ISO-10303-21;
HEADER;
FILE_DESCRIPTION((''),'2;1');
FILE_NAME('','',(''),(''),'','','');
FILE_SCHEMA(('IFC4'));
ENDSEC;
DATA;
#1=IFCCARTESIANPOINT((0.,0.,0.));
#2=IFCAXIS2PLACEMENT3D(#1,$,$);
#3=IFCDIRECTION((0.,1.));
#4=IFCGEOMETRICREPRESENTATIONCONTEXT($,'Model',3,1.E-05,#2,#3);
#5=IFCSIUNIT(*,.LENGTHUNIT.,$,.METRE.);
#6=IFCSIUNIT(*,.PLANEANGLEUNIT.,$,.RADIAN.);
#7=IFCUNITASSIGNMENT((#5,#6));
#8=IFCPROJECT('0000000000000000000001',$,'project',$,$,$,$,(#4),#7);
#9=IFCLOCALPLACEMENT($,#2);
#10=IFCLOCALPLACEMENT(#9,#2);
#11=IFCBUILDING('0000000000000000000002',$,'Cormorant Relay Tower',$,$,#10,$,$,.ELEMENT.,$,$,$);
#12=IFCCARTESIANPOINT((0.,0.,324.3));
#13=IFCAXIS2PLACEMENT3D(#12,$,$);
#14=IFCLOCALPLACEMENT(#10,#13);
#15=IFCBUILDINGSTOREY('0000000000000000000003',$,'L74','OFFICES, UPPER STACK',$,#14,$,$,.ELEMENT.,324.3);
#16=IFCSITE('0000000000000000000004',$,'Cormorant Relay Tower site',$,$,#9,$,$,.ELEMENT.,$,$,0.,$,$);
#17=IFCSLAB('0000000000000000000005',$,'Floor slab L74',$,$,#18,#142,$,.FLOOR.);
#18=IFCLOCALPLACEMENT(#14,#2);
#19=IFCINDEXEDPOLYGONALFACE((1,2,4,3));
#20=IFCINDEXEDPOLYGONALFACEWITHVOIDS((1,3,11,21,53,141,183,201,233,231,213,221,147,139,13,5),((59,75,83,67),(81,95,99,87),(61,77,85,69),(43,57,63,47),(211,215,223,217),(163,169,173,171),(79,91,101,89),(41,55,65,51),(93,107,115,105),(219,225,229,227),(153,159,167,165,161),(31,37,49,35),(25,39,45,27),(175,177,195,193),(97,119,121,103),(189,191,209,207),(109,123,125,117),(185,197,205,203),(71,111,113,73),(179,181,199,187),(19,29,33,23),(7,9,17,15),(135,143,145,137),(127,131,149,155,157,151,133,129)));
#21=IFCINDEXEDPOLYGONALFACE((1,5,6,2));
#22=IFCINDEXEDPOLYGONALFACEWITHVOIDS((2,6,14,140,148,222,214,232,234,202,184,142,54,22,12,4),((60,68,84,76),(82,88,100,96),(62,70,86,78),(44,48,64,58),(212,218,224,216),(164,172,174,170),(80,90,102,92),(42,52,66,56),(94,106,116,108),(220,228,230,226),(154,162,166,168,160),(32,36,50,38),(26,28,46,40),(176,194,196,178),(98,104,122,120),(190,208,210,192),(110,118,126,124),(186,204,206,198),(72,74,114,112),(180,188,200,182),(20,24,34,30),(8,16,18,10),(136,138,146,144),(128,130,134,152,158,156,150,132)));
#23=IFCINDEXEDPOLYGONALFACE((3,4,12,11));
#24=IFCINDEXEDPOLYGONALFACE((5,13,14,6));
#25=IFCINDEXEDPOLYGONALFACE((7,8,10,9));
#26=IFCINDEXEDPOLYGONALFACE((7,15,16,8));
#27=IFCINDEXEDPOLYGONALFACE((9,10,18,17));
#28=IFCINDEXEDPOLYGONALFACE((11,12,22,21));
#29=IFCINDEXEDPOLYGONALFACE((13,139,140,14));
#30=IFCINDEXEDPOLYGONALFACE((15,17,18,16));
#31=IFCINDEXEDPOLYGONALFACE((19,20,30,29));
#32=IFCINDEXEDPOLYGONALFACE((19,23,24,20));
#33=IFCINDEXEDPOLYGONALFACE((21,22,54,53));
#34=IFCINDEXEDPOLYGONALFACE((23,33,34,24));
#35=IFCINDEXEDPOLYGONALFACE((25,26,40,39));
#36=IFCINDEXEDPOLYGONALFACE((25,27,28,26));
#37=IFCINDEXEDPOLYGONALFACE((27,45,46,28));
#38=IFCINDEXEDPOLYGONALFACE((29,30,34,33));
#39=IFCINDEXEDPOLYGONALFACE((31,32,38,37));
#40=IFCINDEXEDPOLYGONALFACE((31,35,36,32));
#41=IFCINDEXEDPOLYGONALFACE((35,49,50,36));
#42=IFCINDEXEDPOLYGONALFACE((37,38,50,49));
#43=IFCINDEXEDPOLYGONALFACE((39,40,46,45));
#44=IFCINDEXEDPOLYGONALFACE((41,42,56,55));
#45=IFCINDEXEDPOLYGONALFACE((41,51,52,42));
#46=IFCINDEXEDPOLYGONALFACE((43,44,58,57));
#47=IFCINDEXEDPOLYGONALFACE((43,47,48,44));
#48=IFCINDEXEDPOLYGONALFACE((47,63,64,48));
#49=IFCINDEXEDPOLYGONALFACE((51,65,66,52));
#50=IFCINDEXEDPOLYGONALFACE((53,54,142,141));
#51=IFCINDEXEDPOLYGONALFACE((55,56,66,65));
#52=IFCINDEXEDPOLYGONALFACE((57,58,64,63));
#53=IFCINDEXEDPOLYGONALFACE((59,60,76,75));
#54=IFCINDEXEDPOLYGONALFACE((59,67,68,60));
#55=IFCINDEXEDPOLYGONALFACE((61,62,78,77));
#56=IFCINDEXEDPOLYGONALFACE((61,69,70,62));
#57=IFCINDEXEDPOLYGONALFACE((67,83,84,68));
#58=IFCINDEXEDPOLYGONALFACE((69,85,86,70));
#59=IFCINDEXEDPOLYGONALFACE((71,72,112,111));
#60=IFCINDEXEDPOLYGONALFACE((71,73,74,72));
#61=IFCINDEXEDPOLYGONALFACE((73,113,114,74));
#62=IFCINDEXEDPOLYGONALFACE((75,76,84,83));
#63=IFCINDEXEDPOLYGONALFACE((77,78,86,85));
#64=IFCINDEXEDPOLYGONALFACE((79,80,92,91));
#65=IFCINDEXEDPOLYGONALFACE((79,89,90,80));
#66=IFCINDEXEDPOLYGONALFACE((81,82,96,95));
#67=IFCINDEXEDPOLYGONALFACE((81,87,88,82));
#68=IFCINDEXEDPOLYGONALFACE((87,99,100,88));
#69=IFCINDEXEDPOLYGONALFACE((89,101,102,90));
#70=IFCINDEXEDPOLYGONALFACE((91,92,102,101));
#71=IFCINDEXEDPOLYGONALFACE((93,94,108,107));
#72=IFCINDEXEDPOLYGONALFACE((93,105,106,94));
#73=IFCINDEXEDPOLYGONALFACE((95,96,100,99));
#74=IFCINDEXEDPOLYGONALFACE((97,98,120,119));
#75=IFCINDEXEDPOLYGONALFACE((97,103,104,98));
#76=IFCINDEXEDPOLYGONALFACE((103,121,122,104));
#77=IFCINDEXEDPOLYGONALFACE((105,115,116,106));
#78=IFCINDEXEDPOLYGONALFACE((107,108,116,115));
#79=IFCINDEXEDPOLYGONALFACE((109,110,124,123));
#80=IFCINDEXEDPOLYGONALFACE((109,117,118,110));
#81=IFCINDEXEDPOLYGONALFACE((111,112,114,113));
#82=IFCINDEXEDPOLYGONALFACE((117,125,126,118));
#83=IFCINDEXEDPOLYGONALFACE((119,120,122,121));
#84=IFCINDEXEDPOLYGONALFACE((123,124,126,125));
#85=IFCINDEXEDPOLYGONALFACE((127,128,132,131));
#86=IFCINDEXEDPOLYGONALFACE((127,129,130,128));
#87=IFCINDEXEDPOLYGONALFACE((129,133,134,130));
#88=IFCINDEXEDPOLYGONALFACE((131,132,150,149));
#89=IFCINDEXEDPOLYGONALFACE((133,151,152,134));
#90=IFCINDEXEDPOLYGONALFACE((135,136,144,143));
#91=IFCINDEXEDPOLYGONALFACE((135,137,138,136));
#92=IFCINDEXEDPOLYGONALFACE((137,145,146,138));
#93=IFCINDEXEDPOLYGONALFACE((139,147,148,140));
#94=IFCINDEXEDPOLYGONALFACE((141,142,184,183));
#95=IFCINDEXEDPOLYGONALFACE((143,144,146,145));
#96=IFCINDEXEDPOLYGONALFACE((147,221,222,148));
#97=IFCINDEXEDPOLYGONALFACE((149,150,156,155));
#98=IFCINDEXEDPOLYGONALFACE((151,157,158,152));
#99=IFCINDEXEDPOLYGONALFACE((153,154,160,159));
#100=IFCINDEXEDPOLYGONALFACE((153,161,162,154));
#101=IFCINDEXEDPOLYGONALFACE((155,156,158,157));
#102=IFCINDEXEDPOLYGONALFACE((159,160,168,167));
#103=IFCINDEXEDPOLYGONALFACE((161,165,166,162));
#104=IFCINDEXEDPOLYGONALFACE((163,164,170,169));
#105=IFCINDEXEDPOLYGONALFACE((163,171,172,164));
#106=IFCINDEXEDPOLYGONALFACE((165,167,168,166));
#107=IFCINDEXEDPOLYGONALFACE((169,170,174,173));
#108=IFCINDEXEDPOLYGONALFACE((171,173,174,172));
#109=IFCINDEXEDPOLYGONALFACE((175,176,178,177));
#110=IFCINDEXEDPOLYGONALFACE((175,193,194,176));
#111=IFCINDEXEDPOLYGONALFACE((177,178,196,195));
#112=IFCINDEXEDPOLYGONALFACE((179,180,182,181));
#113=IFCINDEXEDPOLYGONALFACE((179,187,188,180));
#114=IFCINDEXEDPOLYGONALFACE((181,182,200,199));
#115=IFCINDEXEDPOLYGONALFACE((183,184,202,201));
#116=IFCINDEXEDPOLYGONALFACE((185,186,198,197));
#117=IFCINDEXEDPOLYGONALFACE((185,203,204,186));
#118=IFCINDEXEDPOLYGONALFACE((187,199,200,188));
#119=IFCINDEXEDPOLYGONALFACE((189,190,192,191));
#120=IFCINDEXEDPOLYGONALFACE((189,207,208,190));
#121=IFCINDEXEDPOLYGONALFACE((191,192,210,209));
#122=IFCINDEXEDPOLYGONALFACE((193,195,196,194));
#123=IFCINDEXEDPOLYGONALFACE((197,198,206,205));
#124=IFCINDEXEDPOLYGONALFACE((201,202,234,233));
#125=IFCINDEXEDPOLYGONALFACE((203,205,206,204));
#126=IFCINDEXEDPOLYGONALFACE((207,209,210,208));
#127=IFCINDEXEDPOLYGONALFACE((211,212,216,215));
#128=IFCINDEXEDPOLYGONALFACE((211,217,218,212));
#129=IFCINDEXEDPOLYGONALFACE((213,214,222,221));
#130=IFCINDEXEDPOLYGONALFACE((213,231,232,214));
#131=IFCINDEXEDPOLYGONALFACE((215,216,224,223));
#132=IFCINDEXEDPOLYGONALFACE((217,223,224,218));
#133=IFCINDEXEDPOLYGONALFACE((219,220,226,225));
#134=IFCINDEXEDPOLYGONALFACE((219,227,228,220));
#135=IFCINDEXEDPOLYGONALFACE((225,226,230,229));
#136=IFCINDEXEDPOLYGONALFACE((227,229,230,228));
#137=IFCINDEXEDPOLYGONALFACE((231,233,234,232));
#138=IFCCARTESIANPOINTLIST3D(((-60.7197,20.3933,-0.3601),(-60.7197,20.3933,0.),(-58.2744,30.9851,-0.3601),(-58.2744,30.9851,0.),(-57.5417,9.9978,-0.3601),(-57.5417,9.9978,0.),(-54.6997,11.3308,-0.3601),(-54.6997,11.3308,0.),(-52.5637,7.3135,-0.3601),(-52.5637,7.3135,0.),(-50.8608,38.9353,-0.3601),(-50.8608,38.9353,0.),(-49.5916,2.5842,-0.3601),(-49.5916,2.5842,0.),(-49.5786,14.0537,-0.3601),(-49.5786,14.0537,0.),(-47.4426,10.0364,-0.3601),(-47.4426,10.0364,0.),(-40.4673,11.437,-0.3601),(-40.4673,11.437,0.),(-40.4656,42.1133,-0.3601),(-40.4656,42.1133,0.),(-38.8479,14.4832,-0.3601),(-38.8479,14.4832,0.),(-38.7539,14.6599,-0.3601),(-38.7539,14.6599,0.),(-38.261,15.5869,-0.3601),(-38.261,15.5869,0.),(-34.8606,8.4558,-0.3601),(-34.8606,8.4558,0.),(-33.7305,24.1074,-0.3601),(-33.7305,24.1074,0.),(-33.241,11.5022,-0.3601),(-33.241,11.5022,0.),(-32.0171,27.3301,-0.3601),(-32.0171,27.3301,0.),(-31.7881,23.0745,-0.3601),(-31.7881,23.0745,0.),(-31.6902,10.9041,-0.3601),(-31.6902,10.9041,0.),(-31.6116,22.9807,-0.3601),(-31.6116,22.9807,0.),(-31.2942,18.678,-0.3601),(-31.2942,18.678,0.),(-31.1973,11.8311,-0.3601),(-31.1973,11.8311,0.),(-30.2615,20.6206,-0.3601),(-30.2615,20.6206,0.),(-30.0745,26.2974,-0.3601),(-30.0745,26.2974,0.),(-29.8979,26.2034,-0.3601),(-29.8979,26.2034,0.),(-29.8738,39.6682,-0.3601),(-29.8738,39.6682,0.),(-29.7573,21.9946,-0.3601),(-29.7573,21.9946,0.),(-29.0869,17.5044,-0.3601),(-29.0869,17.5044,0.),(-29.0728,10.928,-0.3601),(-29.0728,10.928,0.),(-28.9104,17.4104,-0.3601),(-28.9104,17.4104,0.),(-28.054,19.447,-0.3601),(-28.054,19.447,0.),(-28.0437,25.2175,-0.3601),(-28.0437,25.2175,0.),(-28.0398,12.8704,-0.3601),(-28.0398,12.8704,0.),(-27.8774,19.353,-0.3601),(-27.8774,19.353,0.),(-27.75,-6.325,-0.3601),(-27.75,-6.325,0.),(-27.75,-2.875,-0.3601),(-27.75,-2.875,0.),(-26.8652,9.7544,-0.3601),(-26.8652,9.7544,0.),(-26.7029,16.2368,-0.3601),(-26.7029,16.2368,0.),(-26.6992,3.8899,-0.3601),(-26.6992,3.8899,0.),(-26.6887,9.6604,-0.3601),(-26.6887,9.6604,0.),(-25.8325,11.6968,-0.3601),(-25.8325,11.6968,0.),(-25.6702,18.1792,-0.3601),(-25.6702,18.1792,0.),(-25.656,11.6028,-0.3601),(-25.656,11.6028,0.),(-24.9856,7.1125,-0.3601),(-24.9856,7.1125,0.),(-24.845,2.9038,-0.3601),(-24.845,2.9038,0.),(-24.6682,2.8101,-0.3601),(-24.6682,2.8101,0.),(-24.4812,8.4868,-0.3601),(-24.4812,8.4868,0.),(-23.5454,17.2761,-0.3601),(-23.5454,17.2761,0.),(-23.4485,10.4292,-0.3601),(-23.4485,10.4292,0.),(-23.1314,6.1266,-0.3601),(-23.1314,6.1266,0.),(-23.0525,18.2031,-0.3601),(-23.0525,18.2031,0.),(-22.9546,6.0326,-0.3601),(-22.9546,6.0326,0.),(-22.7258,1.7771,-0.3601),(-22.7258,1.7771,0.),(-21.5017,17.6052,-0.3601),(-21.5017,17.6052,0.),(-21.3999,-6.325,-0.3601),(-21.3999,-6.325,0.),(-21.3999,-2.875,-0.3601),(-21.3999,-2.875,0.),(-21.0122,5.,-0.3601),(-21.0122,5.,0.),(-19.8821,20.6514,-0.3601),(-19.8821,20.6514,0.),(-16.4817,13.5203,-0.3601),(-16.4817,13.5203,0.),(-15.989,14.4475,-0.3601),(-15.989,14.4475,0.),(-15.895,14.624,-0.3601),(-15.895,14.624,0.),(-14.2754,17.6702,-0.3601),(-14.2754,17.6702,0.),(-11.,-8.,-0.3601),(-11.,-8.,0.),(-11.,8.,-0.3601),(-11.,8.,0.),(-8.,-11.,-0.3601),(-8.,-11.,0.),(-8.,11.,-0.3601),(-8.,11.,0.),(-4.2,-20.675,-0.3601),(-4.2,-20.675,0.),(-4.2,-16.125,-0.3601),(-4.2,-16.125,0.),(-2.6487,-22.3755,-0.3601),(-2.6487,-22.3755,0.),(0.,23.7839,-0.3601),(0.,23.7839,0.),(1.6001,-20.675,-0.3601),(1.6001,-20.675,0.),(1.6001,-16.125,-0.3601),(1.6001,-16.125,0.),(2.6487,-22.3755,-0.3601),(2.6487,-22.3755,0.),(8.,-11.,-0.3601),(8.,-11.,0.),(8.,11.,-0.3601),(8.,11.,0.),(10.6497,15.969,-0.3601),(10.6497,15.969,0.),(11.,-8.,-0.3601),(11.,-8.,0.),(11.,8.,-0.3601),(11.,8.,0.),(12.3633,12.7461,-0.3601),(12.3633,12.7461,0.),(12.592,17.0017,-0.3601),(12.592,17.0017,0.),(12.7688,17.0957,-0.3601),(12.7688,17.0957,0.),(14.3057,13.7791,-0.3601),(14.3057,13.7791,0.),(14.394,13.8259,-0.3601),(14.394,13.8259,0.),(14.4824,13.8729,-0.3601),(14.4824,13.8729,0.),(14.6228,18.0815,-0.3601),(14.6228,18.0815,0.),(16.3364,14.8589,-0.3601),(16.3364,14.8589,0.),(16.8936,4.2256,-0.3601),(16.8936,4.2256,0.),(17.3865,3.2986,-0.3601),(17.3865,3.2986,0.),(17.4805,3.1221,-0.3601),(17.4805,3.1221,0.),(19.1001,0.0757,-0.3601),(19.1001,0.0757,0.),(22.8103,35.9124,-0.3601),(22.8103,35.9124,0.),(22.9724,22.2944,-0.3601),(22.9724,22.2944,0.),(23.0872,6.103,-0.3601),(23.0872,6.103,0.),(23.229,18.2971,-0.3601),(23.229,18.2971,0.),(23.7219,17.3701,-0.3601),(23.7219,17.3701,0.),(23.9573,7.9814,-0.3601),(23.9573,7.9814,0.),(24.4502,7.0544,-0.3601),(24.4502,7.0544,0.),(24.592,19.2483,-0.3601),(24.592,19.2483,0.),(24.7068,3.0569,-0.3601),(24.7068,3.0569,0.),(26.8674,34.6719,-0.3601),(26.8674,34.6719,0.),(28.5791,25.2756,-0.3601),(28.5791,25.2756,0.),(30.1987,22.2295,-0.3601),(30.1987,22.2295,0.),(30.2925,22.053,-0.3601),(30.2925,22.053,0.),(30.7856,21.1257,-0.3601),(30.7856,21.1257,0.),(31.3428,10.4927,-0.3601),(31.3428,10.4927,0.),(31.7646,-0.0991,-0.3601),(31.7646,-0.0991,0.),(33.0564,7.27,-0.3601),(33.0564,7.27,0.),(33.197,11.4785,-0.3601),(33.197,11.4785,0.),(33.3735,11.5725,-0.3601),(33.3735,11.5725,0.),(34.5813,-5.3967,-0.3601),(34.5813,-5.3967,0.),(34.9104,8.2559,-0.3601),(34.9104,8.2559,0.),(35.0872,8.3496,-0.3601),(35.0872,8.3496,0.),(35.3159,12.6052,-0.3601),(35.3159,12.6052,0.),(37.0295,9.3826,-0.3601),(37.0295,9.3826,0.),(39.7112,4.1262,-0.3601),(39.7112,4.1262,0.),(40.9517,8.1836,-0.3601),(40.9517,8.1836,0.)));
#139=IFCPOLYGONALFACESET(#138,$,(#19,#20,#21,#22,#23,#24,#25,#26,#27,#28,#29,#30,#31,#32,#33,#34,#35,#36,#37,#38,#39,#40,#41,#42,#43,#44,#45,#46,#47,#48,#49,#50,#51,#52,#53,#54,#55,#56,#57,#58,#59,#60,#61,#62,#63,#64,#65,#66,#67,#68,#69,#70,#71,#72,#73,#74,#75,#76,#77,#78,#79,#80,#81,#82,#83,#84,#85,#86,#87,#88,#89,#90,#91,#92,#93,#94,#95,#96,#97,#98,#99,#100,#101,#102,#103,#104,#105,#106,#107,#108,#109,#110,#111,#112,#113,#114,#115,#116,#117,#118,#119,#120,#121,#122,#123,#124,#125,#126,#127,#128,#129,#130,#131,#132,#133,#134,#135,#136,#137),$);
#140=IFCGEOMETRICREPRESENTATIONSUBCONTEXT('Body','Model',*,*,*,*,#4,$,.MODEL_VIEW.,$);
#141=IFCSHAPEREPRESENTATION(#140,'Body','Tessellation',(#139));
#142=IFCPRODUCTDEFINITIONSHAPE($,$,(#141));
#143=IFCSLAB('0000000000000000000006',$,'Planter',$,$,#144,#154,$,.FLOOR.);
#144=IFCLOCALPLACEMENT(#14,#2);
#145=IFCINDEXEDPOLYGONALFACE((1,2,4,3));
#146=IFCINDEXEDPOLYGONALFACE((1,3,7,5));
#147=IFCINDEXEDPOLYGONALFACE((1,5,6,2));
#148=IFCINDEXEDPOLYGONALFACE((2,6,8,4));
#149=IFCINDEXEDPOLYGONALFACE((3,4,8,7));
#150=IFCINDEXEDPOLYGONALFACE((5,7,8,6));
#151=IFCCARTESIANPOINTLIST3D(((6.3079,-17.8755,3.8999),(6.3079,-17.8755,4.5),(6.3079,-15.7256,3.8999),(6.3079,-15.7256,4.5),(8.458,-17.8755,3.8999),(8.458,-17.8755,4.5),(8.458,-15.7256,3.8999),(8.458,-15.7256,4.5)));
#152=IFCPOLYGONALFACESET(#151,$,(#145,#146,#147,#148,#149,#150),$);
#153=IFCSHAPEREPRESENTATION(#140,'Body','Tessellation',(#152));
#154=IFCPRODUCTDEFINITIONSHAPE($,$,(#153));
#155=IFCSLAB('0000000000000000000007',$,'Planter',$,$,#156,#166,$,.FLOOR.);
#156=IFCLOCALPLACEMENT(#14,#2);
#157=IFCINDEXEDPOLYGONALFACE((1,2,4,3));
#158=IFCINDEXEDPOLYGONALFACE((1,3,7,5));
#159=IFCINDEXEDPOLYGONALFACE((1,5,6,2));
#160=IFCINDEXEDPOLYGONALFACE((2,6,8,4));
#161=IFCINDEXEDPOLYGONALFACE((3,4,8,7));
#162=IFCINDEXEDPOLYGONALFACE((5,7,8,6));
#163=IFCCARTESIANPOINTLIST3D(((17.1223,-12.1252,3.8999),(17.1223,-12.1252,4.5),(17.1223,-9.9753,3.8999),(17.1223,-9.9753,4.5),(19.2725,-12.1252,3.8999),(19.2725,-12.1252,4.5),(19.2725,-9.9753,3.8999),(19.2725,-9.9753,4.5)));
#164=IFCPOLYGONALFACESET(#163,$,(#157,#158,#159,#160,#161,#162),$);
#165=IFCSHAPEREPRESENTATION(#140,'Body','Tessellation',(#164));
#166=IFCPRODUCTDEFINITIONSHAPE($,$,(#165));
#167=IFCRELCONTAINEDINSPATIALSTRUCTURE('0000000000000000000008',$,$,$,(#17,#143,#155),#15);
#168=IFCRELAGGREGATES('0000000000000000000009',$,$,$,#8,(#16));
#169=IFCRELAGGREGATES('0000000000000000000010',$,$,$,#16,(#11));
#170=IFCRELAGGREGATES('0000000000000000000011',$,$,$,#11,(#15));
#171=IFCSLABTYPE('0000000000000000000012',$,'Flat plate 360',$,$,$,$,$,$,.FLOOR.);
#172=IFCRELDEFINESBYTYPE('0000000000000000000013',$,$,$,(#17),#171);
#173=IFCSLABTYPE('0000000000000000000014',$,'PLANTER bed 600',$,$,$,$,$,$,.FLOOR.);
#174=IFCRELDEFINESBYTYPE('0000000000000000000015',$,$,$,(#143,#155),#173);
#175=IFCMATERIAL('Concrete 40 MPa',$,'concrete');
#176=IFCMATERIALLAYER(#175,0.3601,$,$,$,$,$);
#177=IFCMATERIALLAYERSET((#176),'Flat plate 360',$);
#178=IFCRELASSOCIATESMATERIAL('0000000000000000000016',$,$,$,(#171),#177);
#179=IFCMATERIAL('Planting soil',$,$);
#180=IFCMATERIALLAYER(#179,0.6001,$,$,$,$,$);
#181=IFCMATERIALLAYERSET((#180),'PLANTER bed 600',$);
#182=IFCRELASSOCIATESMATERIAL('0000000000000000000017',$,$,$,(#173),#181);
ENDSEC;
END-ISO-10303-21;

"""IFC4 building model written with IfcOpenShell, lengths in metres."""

from ifc_helpers import new_model, si_unit, direction, frame, origin, place, context, subcontext, project, spatial, polyline, outline, extrude, material, layer, layer_set, type_object, element, save


model = new_model("IFC4")

# Units and contexts
model_context = context("Model", 3, precision=1e-05, world=origin(), true_north=direction((0.0, 1.0)))
body_context = subcontext(model_context, "Body", "Model", "MODEL_VIEW")
ifc_project = project(units=[si_unit("LENGTHUNIT", "METRE"), si_unit("PLANEANGLEUNIT", "RADIAN")], contexts=[model_context])

# Site, building, storey
site_placement = place(None, origin())
site = spatial("IfcSite", under=ifc_project, at=site_placement, Name="Cormorant Relay Tower site", CompositionType="ELEMENT", RefElevation=0.0)
building_placement = place(site_placement, origin())
building = spatial("IfcBuilding", under=site, at=building_placement, Name="Cormorant Relay Tower", CompositionType="ELEMENT")
storey_placement = place(building_placement, frame((0.0, 0.0, 324.3)))
storey = spatial("IfcBuildingStorey", under=building, at=storey_placement, Name="L74", Description="OFFICES, UPPER STACK", CompositionType="ELEMENT", Elevation=324.3)

# Slabs
ifc_material_1 = material(Name="Concrete 40 MPa", Category="concrete")
ifc_layer_1 = layer(ifc_material_1, 0.3601)
ifc_layer_set_1 = layer_set([ifc_layer_1], Name="Flat plate 360")
slab_type_1 = type_object("IfcSlabType", Name="Flat plate 360", PredefinedType="FLOOR", material=ifc_layer_set_1)
slab_1_placement = place(storey_placement, frame((0.0, 0.0, -0.3601)))
element("IfcSlab", 1, at=slab_1_placement, inside=storey, type_object=slab_type_1, Name="Floor slab L74", PredefinedType="FLOOR", context=body_context, shape_type="SweptSolid", body=[
    extrude(outline(polyline([(-60.7197, 20.3933), (-58.2744, 30.9851), (-50.8608, 38.9353), (-40.4656, 42.1133), (-29.8738, 39.6682), (0.0, 23.7839), (22.8103, 35.9124), (26.8674, 34.6719), (40.9517, 8.1836), (39.7112, 4.1262), (31.7646, -0.0991), (34.5813, -5.3967), (2.6487, -22.3755), (-2.6487, -22.3755), (-49.5916, 2.5842), (-57.5417, 9.9978), (-60.7197, 20.3933)]), holes=[polyline([(11.0, -8.0), (11.0, 8.0), (8.0, 11.0), (-8.0, 11.0), (-11.0, 8.0), (-11.0, -8.0), (-8.0, -11.0), (8.0, -11.0), (11.0, -8.0)]), polyline([(-21.3999, -6.325), (-21.3999, -2.875), (-27.75, -2.875), (-27.75, -6.325), (-21.3999, -6.325)]), polyline([(-22.9546, 6.0327), (-24.6682, 2.8101), (-22.7258, 1.7771), (-21.0122, 5.0), (-23.043, 6.0796), (-22.9546, 6.0327)]), polyline([(-24.9856, 7.1125), (-26.6992, 3.8899), (-24.845, 2.9038), (-23.1313, 6.1267), (-23.043, 6.0796), (-24.9856, 7.1125)]), polyline([(-26.6887, 9.6604), (-24.4812, 8.4868), (-23.4485, 10.4292), (-25.656, 11.6028), (-26.6887, 9.6604)]), polyline([(-49.5786, 14.0537), (-54.6997, 11.3308), (-52.5637, 7.3135), (-47.4426, 10.0364), (-49.5786, 14.0537)]), polyline([(-28.0398, 12.8704), (-29.0728, 10.928), (-26.8652, 9.7544), (-25.8325, 11.6968), (-28.0398, 12.8704)]), polyline([(-33.241, 11.5022), (-38.8479, 14.4832), (-40.4673, 11.437), (-34.8606, 8.4558), (-33.241, 11.5022)]), polyline([(-38.261, 15.5869), (-38.7539, 14.6599), (-31.6902, 10.9041), (-31.1973, 11.8311), (-38.261, 15.5869)]), polyline([(-25.6702, 18.1792), (-27.8774, 19.353), (-28.9104, 17.4104), (-26.7029, 16.2368), (-25.6702, 18.1792)]), polyline([(-30.2615, 20.6206), (-31.2942, 18.678), (-29.0869, 17.5044), (-28.054, 19.447), (-30.2615, 20.6206)]), polyline([(-31.6116, 22.9807), (-29.7573, 21.9946), (-28.0437, 25.2175), (-29.8979, 26.2034), (-31.6116, 22.9807)]), polyline([(-33.7305, 24.1074), (-31.7881, 23.0745), (-30.0745, 26.2974), (-32.0171, 27.3301), (-33.7305, 24.1074)]), polyline([(1.6001, -16.125), (-4.2, -16.125), (-4.2, -20.675), (1.6001, -20.675), (1.6001, -16.125)]), polyline([(23.0872, 6.103), (17.4805, 3.1221), (19.1001, 0.0757), (24.7068, 3.0569), (23.0872, 6.103)]), polyline([(17.3865, 3.2986), (24.4502, 7.0544), (23.9573, 7.9814), (16.8936, 4.2256), (17.3865, 3.2986)]), polyline([(33.197, 11.4785), (31.3428, 10.4927), (33.0564, 7.27), (34.9104, 8.2559), (33.197, 11.4785)]), polyline([(33.3735, 11.5725), (35.0872, 8.3496), (37.0295, 9.3826), (35.3159, 12.6052), (33.3735, 11.5725)]), polyline([(14.3057, 13.7791), (12.592, 17.0017), (10.6497, 15.969), (12.3633, 12.7461), (14.394, 13.8259), (14.3057, 13.7791)]), polyline([(16.3364, 14.8589), (14.6228, 18.0815), (12.7688, 17.0957), (14.4824, 13.8728), (14.394, 13.8259), (16.3364, 14.8589)]), polyline([(-16.4817, 13.5203), (-15.989, 14.4475), (-23.0525, 18.2031), (-23.5454, 17.2761), (-16.4817, 13.5203)]), polyline([(-15.895, 14.624), (-14.2754, 17.6702), (-19.8821, 20.6514), (-21.5017, 17.6052), (-15.895, 14.624)]), polyline([(30.7856, 21.1257), (30.2925, 22.053), (23.229, 18.2971), (23.7219, 17.3701), (30.7856, 21.1257)]), polyline([(24.592, 19.2483), (30.1987, 22.2295), (28.5791, 25.2756), (22.9724, 22.2944), (24.592, 19.2483)])]), origin(), (0.0, 0.0, 1.0), 0.3601),
])
ifc_material_2 = material(Name="Planting soil")
ifc_layer_2 = layer(ifc_material_2, 0.6001)
ifc_layer_set_2 = layer_set([ifc_layer_2], Name="PLANTER bed 600")
slab_type_2 = type_object("IfcSlabType", Name="PLANTER bed 600", PredefinedType="FLOOR", material=ifc_layer_set_2)
slab_2_placement = place(storey_placement, frame((0.0, 0.0, 3.8999)))
element("IfcSlab", 2, at=slab_2_placement, inside=storey, type_object=slab_type_2, Name="Planter", PredefinedType="FLOOR", context=body_context, shape_type="SweptSolid", body=[
    extrude(outline(polyline([(6.3079, -17.8755), (8.458, -17.8755), (8.458, -15.7256), (6.3079, -15.7256), (6.3079, -17.8755)])), origin(), (0.0, 0.0, 1.0), 0.6001),
])
slab_3_placement = place(storey_placement, frame((0.0, 0.0, 3.8999)))
element("IfcSlab", 3, at=slab_3_placement, inside=storey, type_object=slab_type_2, Name="Planter", PredefinedType="FLOOR", context=body_context, shape_type="SweptSolid", body=[
    extrude(outline(polyline([(17.1223, -12.1252), (19.2725, -12.1252), (19.2725, -9.9753), (17.1223, -9.9753), (17.1223, -12.1252)])), origin(), (0.0, 0.0, 1.0), 0.6001),
])

save(model, "model.ifc")
